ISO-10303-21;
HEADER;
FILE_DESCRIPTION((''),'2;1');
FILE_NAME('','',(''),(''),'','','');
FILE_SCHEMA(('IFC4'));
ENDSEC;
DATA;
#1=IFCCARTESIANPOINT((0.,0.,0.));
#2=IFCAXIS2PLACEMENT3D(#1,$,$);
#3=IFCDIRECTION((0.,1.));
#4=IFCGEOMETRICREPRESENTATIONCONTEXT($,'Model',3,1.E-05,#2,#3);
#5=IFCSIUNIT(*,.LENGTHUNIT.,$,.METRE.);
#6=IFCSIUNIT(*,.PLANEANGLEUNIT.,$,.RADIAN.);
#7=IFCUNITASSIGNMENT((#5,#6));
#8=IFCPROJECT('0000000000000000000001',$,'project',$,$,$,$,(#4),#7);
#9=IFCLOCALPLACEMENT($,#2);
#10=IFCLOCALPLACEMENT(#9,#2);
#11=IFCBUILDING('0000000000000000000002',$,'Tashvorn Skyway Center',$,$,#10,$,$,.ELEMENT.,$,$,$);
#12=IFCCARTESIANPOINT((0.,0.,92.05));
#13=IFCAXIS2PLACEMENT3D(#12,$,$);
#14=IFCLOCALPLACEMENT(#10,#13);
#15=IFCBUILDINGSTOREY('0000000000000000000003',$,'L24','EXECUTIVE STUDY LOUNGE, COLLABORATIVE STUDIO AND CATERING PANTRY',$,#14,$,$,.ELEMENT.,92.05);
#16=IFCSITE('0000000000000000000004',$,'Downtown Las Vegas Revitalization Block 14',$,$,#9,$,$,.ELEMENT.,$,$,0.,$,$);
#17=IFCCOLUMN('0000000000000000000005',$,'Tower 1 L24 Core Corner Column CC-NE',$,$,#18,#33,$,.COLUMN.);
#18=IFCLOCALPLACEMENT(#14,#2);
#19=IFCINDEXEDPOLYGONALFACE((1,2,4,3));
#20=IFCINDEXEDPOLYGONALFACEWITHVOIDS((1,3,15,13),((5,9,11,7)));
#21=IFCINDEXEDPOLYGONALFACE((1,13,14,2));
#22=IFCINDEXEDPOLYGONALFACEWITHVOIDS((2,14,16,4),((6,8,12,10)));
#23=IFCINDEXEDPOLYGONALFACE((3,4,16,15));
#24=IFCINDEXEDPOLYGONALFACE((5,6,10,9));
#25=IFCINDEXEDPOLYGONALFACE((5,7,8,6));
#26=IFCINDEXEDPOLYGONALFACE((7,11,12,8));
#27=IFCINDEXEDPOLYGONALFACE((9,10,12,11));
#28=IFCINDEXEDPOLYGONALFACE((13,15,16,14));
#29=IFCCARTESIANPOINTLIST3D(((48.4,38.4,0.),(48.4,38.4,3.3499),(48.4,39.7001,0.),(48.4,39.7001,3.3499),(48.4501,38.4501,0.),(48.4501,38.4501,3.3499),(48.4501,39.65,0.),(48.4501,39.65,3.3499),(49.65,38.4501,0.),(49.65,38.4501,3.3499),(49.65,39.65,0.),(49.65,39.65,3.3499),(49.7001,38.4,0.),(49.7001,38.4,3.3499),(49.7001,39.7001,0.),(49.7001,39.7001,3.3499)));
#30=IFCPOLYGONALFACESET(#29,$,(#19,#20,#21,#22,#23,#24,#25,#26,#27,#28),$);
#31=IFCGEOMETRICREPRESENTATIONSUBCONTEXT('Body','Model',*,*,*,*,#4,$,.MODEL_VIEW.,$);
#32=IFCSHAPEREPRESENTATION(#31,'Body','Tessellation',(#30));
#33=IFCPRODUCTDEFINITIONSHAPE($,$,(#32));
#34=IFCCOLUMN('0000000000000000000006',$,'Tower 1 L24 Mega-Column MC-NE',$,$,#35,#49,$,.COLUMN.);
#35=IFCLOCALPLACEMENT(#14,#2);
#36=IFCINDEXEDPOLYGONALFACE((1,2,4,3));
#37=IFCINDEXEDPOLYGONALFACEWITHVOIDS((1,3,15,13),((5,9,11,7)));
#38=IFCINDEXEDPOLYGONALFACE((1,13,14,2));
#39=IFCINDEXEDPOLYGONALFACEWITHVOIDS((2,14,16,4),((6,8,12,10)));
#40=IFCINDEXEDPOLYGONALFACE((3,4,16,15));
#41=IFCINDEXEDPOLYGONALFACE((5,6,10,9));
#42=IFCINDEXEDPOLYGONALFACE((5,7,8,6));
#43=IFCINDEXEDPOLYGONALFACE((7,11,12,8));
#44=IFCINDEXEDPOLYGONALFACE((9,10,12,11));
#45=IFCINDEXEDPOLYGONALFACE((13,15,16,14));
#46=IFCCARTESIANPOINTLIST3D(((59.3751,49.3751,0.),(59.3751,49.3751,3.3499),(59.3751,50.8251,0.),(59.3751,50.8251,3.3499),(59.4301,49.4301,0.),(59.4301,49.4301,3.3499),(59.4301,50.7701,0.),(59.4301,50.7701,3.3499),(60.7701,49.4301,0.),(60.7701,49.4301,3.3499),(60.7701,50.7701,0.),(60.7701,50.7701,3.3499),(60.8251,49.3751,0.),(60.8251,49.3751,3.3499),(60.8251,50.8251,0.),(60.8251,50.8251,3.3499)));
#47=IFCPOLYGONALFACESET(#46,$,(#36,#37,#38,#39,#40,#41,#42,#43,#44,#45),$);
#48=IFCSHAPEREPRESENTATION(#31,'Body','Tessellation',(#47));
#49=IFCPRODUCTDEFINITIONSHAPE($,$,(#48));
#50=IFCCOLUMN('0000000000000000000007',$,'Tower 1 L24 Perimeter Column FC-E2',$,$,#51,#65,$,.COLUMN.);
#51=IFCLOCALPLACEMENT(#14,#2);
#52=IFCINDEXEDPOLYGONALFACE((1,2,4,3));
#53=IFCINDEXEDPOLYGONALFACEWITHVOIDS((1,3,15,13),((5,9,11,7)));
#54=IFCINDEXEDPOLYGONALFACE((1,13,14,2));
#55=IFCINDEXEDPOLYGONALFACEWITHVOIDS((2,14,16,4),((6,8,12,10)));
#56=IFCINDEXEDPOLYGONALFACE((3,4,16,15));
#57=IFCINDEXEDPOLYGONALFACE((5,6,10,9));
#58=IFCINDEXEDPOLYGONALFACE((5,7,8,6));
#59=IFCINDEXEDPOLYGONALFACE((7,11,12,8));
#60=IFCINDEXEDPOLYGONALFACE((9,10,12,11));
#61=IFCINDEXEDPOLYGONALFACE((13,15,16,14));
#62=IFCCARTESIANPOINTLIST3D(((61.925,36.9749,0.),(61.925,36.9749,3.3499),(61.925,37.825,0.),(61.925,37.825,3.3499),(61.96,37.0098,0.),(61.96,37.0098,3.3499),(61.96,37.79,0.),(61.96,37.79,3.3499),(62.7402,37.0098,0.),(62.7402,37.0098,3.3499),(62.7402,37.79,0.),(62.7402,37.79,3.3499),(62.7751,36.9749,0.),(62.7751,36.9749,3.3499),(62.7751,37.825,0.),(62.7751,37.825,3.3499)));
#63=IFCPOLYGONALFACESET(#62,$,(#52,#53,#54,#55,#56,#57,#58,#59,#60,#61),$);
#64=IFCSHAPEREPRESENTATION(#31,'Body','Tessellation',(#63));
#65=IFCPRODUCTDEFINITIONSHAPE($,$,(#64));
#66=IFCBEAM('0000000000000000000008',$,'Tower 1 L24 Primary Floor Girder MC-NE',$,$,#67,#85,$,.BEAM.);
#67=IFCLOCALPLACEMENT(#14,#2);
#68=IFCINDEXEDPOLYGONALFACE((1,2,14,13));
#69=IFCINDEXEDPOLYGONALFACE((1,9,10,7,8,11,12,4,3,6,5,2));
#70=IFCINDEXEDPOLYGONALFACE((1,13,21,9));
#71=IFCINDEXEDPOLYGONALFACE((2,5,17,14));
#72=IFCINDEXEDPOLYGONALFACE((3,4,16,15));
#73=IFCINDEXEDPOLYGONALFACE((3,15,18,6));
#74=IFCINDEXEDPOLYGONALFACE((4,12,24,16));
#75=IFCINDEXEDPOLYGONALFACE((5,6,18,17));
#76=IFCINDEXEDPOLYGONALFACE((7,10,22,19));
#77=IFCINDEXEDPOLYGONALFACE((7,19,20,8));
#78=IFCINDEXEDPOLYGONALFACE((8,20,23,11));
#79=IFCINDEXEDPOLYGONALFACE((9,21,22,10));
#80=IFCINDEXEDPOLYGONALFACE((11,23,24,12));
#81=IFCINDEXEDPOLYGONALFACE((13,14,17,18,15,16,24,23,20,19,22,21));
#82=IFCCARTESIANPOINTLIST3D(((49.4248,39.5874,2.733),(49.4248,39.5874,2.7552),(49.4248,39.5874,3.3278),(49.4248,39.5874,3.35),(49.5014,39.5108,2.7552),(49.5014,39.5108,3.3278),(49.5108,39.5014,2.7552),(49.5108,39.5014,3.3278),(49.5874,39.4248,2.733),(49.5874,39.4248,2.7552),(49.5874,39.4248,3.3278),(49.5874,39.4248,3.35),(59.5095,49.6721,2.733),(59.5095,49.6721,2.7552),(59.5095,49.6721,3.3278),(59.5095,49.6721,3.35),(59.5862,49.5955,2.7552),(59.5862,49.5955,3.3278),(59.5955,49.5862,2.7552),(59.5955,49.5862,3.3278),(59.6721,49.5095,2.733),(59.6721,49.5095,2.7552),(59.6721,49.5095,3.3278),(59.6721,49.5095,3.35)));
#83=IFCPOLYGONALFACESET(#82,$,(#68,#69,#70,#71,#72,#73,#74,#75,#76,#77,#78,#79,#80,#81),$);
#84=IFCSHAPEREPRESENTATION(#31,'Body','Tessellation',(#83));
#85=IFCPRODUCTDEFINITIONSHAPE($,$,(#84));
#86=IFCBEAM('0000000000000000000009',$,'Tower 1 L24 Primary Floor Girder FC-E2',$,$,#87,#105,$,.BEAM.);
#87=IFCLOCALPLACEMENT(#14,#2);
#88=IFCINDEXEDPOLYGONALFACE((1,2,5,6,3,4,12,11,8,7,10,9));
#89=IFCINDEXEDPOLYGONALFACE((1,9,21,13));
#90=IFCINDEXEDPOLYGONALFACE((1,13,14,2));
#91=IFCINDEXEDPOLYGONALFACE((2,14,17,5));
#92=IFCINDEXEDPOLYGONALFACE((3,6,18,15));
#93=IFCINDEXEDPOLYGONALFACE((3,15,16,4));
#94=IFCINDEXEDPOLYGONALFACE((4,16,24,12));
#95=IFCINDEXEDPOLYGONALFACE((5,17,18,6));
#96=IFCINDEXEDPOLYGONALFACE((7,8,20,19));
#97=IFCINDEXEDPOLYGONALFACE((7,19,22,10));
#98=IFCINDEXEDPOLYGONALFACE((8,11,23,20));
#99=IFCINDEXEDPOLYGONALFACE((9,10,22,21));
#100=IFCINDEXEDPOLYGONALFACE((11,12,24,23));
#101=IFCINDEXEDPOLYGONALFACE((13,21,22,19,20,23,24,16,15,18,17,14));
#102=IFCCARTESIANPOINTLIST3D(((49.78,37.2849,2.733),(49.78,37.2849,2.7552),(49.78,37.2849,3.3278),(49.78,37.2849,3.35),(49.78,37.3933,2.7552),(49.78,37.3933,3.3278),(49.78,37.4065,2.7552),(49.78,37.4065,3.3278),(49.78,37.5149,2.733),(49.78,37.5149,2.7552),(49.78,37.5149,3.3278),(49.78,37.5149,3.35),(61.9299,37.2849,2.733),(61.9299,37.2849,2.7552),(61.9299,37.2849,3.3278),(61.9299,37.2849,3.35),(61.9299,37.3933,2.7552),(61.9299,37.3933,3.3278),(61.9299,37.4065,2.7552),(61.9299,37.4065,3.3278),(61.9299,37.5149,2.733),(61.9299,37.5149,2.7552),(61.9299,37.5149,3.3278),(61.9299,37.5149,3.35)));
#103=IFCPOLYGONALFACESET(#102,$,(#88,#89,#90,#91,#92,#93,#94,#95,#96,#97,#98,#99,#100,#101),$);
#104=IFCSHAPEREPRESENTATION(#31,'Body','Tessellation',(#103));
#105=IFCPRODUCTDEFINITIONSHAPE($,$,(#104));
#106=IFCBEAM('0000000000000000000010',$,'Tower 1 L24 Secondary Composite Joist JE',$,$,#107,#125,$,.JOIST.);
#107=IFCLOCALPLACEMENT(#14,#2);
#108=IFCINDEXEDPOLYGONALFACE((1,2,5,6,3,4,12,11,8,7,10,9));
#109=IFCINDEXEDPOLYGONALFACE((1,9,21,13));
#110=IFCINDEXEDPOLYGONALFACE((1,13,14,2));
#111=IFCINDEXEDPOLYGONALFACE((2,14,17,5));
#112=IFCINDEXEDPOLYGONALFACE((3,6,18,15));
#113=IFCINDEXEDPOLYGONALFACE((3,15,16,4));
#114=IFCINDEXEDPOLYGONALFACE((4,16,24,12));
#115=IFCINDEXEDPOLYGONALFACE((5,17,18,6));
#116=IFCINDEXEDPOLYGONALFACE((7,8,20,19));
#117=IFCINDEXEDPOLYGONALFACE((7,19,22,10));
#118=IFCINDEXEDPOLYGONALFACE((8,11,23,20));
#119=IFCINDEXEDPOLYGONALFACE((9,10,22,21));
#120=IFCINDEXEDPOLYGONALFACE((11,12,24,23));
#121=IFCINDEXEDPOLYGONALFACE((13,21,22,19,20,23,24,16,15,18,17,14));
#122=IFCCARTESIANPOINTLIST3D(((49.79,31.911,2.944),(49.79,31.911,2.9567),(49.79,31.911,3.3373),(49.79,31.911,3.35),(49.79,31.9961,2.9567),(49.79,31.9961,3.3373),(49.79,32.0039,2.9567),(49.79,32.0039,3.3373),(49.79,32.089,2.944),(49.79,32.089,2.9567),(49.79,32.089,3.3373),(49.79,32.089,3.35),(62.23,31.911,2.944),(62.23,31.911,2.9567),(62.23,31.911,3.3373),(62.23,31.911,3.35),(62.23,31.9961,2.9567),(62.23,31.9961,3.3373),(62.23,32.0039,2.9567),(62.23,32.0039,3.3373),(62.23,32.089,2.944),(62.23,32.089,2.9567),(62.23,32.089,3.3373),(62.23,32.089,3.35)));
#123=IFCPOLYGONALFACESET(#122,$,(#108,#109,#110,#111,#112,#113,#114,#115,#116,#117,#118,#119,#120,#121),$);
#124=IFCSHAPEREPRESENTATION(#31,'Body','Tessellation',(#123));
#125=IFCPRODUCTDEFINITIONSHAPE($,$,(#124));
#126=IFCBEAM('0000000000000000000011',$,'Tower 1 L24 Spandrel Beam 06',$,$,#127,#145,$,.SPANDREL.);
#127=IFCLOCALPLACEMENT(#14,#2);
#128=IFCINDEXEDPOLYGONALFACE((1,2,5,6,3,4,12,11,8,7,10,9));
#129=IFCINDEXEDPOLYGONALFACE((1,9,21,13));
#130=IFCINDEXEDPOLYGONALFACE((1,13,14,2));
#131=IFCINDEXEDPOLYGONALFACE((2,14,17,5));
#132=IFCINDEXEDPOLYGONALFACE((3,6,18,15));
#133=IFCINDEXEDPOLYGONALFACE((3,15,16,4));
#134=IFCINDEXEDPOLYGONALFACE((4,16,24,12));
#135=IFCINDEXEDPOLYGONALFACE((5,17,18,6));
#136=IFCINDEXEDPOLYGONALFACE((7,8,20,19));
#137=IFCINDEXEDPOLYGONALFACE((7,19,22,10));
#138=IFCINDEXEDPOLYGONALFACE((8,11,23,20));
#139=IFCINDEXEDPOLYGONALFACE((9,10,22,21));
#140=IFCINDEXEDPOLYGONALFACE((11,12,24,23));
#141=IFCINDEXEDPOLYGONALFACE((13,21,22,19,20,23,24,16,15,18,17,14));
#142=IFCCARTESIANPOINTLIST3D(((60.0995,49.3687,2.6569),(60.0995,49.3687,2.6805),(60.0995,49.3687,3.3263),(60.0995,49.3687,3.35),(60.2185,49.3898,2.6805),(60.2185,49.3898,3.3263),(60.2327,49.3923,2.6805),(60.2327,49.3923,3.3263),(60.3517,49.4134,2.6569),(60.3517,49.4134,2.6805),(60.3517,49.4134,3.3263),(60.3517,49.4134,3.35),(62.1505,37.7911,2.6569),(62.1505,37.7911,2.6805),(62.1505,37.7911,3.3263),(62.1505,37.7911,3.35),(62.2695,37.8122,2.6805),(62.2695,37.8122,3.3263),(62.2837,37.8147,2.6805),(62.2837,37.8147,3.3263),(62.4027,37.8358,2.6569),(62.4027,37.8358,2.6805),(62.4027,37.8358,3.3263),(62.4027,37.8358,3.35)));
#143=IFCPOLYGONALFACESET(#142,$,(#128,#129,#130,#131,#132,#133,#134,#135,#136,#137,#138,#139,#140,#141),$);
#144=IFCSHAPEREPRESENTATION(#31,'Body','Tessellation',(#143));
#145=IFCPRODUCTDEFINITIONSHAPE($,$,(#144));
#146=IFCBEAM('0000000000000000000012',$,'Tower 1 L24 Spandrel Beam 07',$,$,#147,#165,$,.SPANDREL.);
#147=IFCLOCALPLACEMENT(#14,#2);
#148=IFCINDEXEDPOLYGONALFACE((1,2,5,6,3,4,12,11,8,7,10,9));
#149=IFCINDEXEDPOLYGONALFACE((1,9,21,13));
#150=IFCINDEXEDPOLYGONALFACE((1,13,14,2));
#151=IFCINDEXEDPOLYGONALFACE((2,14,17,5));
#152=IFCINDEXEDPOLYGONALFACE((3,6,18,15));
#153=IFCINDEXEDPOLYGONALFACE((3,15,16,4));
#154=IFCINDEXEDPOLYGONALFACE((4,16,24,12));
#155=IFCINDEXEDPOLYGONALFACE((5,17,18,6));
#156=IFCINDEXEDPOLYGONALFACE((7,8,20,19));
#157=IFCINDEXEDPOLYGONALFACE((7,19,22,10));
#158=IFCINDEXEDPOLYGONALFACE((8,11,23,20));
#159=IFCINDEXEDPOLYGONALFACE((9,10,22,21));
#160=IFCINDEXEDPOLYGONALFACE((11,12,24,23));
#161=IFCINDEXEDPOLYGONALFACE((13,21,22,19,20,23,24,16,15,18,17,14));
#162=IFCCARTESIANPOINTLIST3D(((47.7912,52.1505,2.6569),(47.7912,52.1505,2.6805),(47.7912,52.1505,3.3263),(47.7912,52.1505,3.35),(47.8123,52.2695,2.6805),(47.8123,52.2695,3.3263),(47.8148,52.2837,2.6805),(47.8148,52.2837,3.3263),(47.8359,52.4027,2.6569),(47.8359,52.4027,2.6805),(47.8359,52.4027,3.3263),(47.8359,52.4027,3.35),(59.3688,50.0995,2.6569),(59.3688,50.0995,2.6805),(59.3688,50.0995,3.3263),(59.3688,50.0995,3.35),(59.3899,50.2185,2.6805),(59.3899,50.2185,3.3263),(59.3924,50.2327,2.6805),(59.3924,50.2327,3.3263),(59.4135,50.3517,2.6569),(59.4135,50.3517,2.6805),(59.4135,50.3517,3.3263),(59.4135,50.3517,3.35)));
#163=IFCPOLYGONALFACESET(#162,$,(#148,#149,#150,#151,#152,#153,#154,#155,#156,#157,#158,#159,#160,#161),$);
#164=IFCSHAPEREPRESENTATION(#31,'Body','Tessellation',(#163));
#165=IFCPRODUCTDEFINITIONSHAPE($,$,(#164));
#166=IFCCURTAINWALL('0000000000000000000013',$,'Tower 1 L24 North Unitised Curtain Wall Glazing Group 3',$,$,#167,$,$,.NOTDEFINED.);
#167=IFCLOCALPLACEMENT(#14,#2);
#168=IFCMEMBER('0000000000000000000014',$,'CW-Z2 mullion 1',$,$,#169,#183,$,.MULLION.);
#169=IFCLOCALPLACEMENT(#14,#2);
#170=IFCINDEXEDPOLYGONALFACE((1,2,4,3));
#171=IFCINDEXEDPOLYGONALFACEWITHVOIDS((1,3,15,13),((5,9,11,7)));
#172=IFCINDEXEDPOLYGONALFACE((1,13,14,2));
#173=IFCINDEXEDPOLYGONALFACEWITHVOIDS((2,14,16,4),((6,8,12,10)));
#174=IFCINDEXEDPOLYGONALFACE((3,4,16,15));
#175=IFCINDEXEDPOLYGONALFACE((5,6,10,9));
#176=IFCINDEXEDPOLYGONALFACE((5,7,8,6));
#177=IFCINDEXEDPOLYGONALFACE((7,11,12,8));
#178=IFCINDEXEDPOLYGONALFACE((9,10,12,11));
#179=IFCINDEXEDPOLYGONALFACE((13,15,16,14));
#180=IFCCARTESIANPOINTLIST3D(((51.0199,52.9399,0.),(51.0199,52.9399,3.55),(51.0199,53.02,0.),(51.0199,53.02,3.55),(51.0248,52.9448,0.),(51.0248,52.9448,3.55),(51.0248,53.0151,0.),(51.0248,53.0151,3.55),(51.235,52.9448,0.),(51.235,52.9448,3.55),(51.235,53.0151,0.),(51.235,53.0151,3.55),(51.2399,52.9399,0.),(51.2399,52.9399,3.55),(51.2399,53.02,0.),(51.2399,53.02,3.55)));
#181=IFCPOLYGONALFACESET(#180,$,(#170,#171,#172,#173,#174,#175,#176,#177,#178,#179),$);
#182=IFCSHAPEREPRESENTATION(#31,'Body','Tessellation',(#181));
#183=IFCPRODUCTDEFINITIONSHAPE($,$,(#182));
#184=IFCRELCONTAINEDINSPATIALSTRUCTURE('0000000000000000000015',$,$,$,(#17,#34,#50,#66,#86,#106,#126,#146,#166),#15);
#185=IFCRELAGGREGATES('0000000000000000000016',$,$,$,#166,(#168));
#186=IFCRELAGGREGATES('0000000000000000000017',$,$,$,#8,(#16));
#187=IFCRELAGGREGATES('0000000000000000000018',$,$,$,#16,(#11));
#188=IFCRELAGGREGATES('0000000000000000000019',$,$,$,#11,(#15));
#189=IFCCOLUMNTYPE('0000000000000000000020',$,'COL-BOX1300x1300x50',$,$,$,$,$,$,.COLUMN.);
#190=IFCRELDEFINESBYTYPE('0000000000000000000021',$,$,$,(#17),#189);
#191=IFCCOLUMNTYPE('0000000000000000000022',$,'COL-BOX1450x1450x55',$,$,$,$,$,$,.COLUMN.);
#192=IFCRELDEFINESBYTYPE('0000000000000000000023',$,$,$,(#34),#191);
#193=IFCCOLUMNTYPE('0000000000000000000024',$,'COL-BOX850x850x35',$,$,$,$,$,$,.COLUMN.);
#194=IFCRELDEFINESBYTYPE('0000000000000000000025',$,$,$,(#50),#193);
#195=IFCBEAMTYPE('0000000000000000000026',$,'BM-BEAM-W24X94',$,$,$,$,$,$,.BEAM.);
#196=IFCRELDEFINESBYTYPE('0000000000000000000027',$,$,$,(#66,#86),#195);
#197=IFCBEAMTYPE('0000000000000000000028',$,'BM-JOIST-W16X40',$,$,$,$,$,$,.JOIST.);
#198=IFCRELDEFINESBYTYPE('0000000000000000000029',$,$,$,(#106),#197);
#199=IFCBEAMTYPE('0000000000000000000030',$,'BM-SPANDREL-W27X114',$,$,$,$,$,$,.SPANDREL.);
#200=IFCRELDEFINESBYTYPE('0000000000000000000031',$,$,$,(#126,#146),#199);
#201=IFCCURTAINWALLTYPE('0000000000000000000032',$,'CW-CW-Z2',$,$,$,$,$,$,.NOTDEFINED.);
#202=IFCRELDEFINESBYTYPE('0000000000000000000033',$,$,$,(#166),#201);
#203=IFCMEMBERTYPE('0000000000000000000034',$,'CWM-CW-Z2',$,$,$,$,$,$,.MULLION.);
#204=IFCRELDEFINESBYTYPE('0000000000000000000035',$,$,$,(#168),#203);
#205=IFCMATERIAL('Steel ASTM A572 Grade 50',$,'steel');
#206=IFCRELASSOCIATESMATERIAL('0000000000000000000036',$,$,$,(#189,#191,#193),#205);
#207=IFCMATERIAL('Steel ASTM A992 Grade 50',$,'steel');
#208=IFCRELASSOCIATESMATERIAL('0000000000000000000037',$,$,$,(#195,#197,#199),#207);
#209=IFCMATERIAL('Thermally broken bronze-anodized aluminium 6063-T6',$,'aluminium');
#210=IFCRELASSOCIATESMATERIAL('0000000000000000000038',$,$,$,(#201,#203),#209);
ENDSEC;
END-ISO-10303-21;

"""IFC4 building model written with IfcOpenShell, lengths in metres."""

from ifc_helpers import new_model, si_unit, direction, frame, origin, origin_2d, place, context, subcontext, project, spatial, hollow_rectangle, i_section, extrude, material, material_profile, profile_set, type_object, element, aggregate, save


model = new_model("IFC4")

# Units and contexts
model_context = context("Model", 3, precision=1e-05, world=origin(), true_north=direction((0.0, 1.0)))
body_context = subcontext(model_context, "Body", "Model", "MODEL_VIEW")
ifc_project = project(units=[si_unit("LENGTHUNIT", "METRE"), si_unit("PLANEANGLEUNIT", "RADIAN")], contexts=[model_context])

# Site, building, storey
site_placement = place(None, origin())
site = spatial("IfcSite", under=ifc_project, at=site_placement, Name="Downtown Las Vegas Revitalization Block 14", CompositionType="ELEMENT", RefElevation=0.0)
building_placement = place(site_placement, origin())
building = spatial("IfcBuilding", under=site, at=building_placement, Name="Tashvorn Skyway Center", CompositionType="ELEMENT")
storey_placement = place(building_placement, frame((0.0, 0.0, 92.05)))
storey = spatial("IfcBuildingStorey", under=building, at=storey_placement, Name="L24", Description="EXECUTIVE STUDY LOUNGE, COLLABORATIVE STUDIO AND CATERING PANTRY", CompositionType="ELEMENT", Elevation=92.05)

# Columns
ifc_material_1 = material(Name="Steel ASTM A572 Grade 50", Category="steel")
ifc_material_profile_1 = material_profile(ifc_material_1, hollow_rectangle(XDim=1.3, YDim=1.3, WallThickness=0.05, at=origin_2d()), Name="BOX1300x1300x50")
ifc_profile_set_1 = profile_set([ifc_material_profile_1], Name="Steel ASTM A572 Grade 50")
column_type_1 = type_object("IfcColumnType", Name="COL-BOX1300x1300x50", PredefinedType="COLUMN", material=ifc_profile_set_1)
column_1_placement = place(storey_placement, frame((49.05, 39.05, 0.0), z_axis=(0.0, 0.0, 1.0), x_axis=(1.0, 0.0, 0.0)))
element("IfcColumn", 1, at=column_1_placement, inside=storey, type_object=column_type_1, Name="Tower 1 L24 Core Corner Column CC-NE", PredefinedType="COLUMN", context=body_context, shape_type="SweptSolid", body=[
    extrude(hollow_rectangle(XDim=1.3, YDim=1.3, WallThickness=0.05, at=origin_2d()), origin(), (0.0, 0.0, 1.0), 3.3499),
])
ifc_material_profile_2 = material_profile(ifc_material_1, hollow_rectangle(XDim=1.45, YDim=1.45, WallThickness=0.0549, at=origin_2d()), Name="BOX1450x1450x55")
ifc_profile_set_2 = profile_set([ifc_material_profile_2], Name="Steel ASTM A572 Grade 50")
column_type_2 = type_object("IfcColumnType", Name="COL-BOX1450x1450x55", PredefinedType="COLUMN", material=ifc_profile_set_2)
column_2_placement = place(storey_placement, frame((60.1001, 50.1001, 0.0), z_axis=(0.0, 0.0, 1.0), x_axis=(1.0, 0.0, 0.0)))
element("IfcColumn", 2, at=column_2_placement, inside=storey, type_object=column_type_2, Name="Tower 1 L24 Mega-Column MC-NE", PredefinedType="COLUMN", context=body_context, shape_type="SweptSolid", body=[
    extrude(hollow_rectangle(XDim=1.45, YDim=1.45, WallThickness=0.0549, at=origin_2d()), origin(), (0.0, 0.0, 1.0), 3.3499),
])
ifc_material_profile_3 = material_profile(ifc_material_1, hollow_rectangle(XDim=0.8501, YDim=0.8501, WallThickness=0.0349, at=origin_2d()), Name="BOX850x850x35")
ifc_profile_set_3 = profile_set([ifc_material_profile_3], Name="Steel ASTM A572 Grade 50")
column_type_3 = type_object("IfcColumnType", Name="COL-BOX850x850x35", PredefinedType="COLUMN", material=ifc_profile_set_3)
column_3_placement = place(storey_placement, frame((62.3501, 37.3999, 0.0), z_axis=(0.0, 0.0, 1.0), x_axis=(1.0, 0.0, 0.0)))
element("IfcColumn", 3, at=column_3_placement, inside=storey, type_object=column_type_3, Name="Tower 1 L24 Perimeter Column FC-E2", PredefinedType="COLUMN", context=body_context, shape_type="SweptSolid", body=[
    extrude(hollow_rectangle(XDim=0.8501, YDim=0.8501, WallThickness=0.0349, at=origin_2d()), origin(), (0.0, 0.0, 1.0), 3.3499),
])

# Beams
ifc_material_2 = material(Name="Steel ASTM A992 Grade 50", Category="steel")
ifc_material_profile_4 = material_profile(ifc_material_2, i_section(OverallWidth=0.23, OverallDepth=0.6169, WebThickness=0.0132, FlangeThickness=0.0222, at=origin_2d()), Name="W24X94")
ifc_profile_set_4 = profile_set([ifc_material_profile_4], Name="Steel ASTM A992 Grade 50")
beam_type_1 = type_object("IfcBeamType", Name="BM-BEAM-W24X94", PredefinedType="BEAM", material=ifc_profile_set_4)
beam_1_placement = place(storey_placement, frame((59.5908, 49.5908, 3.0415), z_axis=(-0.707107, -0.707107, 0.0), x_axis=(0.707107, -0.707107, 0.0)))
element("IfcBeam", 4, at=beam_1_placement, inside=storey, type_object=beam_type_1, Name="Tower 1 L24 Primary Floor Girder MC-NE", PredefinedType="BEAM", context=body_context, shape_type="SweptSolid", body=[
    extrude(i_section(OverallWidth=0.23, OverallDepth=0.6169, WebThickness=0.0132, FlangeThickness=0.0222, at=origin_2d()), origin(), (0.0, 0.0, 1.0), 14.262),
])
beam_2_placement = place(storey_placement, frame((61.9299, 37.3999, 3.0415), z_axis=(-1.0, 0.0, 0.0), x_axis=(0.0, -1.0, 0.0)))
element("IfcBeam", 5, at=beam_2_placement, inside=storey, type_object=beam_type_1, Name="Tower 1 L24 Primary Floor Girder FC-E2", PredefinedType="BEAM", context=body_context, shape_type="SweptSolid", body=[
    extrude(i_section(OverallWidth=0.23, OverallDepth=0.6169, WebThickness=0.0132, FlangeThickness=0.0222, at=origin_2d()), origin(), (0.0, 0.0, 1.0), 12.1499),
])
ifc_material_profile_5 = material_profile(ifc_material_2, i_section(OverallWidth=0.178, OverallDepth=0.406, WebThickness=0.0078, FlangeThickness=0.0127, at=origin_2d()), Name="W16X40")
ifc_profile_set_5 = profile_set([ifc_material_profile_5], Name="Steel ASTM A992 Grade 50")
beam_type_2 = type_object("IfcBeamType", Name="BM-JOIST-W16X40", PredefinedType="JOIST", material=ifc_profile_set_5)
beam_3_placement = place(storey_placement, frame((49.79, 32.0, 3.147), z_axis=(1.0, 0.0, 0.0), x_axis=(0.0, 1.0, 0.0)))
element("IfcBeam", 6, at=beam_3_placement, inside=storey, type_object=beam_type_2, Name="Tower 1 L24 Secondary Composite Joist JE", PredefinedType="JOIST", context=body_context, shape_type="SweptSolid", body=[
    extrude(i_section(OverallWidth=0.178, OverallDepth=0.406, WebThickness=0.0078, FlangeThickness=0.0127, at=origin_2d()), origin(), (0.0, 0.0, 1.0), 12.4399),
])
ifc_material_profile_6 = material_profile(ifc_material_2, i_section(OverallWidth=0.2561, OverallDepth=0.6931, WebThickness=0.0144, FlangeThickness=0.0237, at=origin_2d()), Name="W27X114")
ifc_profile_set_6 = profile_set([ifc_material_profile_6], Name="Steel ASTM A992 Grade 50")
beam_type_3 = type_object("IfcBeamType", Name="BM-SPANDREL-W27X114", PredefinedType="SPANDREL", material=ifc_profile_set_6)
for number, where, z_axis, x_axis, name in (
    (7, (62.2766, 37.8135, 3.0034), (-0.174438, 0.984668, 0.0), (-0.984668, -0.174438, 0.0), "Tower 1 L24 Spandrel Beam 06"),
    (8, (59.3911, 50.2256, 3.0034), (-0.984668, 0.174438, 0.0), (-0.174438, -0.984668, 0.0), "Tower 1 L24 Spandrel Beam 07"),
):
    element("IfcBeam", number, at=place(storey_placement, frame(where, z_axis=z_axis, x_axis=x_axis)), inside=storey, type_object=beam_type_3, Name=name, PredefinedType="SPANDREL", context=body_context, shape_type="SweptSolid", body=[
        extrude(i_section(OverallWidth=0.2561, OverallDepth=0.6931, WebThickness=0.0144, FlangeThickness=0.0237, at=origin_2d()), origin(), (0.0, 0.0, 1.0), 11.7578),
    ])

# Curtain wall, member
ifc_material_3 = material(Name="Thermally broken bronze-anodized aluminium 6063-T6", Category="aluminium")
curtain_wall_type = type_object("IfcCurtainWallType", Name="CW-CW-Z2", PredefinedType="NOTDEFINED", material=ifc_material_3)
curtain_wall_1_placement = place(storey_placement, origin())
curtain_wall_1 = element("IfcCurtainWall", 9, at=curtain_wall_1_placement, inside=storey, type_object=curtain_wall_type, Name="Tower 1 L24 North Unitised Curtain Wall Glazing Group 3", PredefinedType="NOTDEFINED")
ifc_material_profile_7 = material_profile(ifc_material_3, hollow_rectangle(XDim=0.0801, YDim=0.22, WallThickness=0.0049, at=origin_2d()), Name="ALU-MULL-80x220")
ifc_profile_set_7 = profile_set([ifc_material_profile_7], Name="Thermally broken bronze-anodized aluminium 6063-T6")
member_type_1 = type_object("IfcMemberType", Name="CWM-CW-Z2", PredefinedType="MULLION", material=ifc_profile_set_7)
member_1_placement = place(storey_placement, frame((51.1299, 52.98, 0.0), z_axis=(0.0, 0.0, 1.0), x_axis=(0.0, 1.0, 0.0)))
member_1 = element("IfcMember", 10, at=member_1_placement, type_object=member_type_1, Name="CW-Z2 mullion 1", PredefinedType="MULLION", context=body_context, shape_type="SweptSolid", body=[
    extrude(hollow_rectangle(XDim=0.0801, YDim=0.22, WallThickness=0.0049, at=origin_2d()), origin(), (0.0, 0.0, 1.0), 3.55),
])

aggregate(curtain_wall_1, [member_1])

save(model, "model.ifc")
